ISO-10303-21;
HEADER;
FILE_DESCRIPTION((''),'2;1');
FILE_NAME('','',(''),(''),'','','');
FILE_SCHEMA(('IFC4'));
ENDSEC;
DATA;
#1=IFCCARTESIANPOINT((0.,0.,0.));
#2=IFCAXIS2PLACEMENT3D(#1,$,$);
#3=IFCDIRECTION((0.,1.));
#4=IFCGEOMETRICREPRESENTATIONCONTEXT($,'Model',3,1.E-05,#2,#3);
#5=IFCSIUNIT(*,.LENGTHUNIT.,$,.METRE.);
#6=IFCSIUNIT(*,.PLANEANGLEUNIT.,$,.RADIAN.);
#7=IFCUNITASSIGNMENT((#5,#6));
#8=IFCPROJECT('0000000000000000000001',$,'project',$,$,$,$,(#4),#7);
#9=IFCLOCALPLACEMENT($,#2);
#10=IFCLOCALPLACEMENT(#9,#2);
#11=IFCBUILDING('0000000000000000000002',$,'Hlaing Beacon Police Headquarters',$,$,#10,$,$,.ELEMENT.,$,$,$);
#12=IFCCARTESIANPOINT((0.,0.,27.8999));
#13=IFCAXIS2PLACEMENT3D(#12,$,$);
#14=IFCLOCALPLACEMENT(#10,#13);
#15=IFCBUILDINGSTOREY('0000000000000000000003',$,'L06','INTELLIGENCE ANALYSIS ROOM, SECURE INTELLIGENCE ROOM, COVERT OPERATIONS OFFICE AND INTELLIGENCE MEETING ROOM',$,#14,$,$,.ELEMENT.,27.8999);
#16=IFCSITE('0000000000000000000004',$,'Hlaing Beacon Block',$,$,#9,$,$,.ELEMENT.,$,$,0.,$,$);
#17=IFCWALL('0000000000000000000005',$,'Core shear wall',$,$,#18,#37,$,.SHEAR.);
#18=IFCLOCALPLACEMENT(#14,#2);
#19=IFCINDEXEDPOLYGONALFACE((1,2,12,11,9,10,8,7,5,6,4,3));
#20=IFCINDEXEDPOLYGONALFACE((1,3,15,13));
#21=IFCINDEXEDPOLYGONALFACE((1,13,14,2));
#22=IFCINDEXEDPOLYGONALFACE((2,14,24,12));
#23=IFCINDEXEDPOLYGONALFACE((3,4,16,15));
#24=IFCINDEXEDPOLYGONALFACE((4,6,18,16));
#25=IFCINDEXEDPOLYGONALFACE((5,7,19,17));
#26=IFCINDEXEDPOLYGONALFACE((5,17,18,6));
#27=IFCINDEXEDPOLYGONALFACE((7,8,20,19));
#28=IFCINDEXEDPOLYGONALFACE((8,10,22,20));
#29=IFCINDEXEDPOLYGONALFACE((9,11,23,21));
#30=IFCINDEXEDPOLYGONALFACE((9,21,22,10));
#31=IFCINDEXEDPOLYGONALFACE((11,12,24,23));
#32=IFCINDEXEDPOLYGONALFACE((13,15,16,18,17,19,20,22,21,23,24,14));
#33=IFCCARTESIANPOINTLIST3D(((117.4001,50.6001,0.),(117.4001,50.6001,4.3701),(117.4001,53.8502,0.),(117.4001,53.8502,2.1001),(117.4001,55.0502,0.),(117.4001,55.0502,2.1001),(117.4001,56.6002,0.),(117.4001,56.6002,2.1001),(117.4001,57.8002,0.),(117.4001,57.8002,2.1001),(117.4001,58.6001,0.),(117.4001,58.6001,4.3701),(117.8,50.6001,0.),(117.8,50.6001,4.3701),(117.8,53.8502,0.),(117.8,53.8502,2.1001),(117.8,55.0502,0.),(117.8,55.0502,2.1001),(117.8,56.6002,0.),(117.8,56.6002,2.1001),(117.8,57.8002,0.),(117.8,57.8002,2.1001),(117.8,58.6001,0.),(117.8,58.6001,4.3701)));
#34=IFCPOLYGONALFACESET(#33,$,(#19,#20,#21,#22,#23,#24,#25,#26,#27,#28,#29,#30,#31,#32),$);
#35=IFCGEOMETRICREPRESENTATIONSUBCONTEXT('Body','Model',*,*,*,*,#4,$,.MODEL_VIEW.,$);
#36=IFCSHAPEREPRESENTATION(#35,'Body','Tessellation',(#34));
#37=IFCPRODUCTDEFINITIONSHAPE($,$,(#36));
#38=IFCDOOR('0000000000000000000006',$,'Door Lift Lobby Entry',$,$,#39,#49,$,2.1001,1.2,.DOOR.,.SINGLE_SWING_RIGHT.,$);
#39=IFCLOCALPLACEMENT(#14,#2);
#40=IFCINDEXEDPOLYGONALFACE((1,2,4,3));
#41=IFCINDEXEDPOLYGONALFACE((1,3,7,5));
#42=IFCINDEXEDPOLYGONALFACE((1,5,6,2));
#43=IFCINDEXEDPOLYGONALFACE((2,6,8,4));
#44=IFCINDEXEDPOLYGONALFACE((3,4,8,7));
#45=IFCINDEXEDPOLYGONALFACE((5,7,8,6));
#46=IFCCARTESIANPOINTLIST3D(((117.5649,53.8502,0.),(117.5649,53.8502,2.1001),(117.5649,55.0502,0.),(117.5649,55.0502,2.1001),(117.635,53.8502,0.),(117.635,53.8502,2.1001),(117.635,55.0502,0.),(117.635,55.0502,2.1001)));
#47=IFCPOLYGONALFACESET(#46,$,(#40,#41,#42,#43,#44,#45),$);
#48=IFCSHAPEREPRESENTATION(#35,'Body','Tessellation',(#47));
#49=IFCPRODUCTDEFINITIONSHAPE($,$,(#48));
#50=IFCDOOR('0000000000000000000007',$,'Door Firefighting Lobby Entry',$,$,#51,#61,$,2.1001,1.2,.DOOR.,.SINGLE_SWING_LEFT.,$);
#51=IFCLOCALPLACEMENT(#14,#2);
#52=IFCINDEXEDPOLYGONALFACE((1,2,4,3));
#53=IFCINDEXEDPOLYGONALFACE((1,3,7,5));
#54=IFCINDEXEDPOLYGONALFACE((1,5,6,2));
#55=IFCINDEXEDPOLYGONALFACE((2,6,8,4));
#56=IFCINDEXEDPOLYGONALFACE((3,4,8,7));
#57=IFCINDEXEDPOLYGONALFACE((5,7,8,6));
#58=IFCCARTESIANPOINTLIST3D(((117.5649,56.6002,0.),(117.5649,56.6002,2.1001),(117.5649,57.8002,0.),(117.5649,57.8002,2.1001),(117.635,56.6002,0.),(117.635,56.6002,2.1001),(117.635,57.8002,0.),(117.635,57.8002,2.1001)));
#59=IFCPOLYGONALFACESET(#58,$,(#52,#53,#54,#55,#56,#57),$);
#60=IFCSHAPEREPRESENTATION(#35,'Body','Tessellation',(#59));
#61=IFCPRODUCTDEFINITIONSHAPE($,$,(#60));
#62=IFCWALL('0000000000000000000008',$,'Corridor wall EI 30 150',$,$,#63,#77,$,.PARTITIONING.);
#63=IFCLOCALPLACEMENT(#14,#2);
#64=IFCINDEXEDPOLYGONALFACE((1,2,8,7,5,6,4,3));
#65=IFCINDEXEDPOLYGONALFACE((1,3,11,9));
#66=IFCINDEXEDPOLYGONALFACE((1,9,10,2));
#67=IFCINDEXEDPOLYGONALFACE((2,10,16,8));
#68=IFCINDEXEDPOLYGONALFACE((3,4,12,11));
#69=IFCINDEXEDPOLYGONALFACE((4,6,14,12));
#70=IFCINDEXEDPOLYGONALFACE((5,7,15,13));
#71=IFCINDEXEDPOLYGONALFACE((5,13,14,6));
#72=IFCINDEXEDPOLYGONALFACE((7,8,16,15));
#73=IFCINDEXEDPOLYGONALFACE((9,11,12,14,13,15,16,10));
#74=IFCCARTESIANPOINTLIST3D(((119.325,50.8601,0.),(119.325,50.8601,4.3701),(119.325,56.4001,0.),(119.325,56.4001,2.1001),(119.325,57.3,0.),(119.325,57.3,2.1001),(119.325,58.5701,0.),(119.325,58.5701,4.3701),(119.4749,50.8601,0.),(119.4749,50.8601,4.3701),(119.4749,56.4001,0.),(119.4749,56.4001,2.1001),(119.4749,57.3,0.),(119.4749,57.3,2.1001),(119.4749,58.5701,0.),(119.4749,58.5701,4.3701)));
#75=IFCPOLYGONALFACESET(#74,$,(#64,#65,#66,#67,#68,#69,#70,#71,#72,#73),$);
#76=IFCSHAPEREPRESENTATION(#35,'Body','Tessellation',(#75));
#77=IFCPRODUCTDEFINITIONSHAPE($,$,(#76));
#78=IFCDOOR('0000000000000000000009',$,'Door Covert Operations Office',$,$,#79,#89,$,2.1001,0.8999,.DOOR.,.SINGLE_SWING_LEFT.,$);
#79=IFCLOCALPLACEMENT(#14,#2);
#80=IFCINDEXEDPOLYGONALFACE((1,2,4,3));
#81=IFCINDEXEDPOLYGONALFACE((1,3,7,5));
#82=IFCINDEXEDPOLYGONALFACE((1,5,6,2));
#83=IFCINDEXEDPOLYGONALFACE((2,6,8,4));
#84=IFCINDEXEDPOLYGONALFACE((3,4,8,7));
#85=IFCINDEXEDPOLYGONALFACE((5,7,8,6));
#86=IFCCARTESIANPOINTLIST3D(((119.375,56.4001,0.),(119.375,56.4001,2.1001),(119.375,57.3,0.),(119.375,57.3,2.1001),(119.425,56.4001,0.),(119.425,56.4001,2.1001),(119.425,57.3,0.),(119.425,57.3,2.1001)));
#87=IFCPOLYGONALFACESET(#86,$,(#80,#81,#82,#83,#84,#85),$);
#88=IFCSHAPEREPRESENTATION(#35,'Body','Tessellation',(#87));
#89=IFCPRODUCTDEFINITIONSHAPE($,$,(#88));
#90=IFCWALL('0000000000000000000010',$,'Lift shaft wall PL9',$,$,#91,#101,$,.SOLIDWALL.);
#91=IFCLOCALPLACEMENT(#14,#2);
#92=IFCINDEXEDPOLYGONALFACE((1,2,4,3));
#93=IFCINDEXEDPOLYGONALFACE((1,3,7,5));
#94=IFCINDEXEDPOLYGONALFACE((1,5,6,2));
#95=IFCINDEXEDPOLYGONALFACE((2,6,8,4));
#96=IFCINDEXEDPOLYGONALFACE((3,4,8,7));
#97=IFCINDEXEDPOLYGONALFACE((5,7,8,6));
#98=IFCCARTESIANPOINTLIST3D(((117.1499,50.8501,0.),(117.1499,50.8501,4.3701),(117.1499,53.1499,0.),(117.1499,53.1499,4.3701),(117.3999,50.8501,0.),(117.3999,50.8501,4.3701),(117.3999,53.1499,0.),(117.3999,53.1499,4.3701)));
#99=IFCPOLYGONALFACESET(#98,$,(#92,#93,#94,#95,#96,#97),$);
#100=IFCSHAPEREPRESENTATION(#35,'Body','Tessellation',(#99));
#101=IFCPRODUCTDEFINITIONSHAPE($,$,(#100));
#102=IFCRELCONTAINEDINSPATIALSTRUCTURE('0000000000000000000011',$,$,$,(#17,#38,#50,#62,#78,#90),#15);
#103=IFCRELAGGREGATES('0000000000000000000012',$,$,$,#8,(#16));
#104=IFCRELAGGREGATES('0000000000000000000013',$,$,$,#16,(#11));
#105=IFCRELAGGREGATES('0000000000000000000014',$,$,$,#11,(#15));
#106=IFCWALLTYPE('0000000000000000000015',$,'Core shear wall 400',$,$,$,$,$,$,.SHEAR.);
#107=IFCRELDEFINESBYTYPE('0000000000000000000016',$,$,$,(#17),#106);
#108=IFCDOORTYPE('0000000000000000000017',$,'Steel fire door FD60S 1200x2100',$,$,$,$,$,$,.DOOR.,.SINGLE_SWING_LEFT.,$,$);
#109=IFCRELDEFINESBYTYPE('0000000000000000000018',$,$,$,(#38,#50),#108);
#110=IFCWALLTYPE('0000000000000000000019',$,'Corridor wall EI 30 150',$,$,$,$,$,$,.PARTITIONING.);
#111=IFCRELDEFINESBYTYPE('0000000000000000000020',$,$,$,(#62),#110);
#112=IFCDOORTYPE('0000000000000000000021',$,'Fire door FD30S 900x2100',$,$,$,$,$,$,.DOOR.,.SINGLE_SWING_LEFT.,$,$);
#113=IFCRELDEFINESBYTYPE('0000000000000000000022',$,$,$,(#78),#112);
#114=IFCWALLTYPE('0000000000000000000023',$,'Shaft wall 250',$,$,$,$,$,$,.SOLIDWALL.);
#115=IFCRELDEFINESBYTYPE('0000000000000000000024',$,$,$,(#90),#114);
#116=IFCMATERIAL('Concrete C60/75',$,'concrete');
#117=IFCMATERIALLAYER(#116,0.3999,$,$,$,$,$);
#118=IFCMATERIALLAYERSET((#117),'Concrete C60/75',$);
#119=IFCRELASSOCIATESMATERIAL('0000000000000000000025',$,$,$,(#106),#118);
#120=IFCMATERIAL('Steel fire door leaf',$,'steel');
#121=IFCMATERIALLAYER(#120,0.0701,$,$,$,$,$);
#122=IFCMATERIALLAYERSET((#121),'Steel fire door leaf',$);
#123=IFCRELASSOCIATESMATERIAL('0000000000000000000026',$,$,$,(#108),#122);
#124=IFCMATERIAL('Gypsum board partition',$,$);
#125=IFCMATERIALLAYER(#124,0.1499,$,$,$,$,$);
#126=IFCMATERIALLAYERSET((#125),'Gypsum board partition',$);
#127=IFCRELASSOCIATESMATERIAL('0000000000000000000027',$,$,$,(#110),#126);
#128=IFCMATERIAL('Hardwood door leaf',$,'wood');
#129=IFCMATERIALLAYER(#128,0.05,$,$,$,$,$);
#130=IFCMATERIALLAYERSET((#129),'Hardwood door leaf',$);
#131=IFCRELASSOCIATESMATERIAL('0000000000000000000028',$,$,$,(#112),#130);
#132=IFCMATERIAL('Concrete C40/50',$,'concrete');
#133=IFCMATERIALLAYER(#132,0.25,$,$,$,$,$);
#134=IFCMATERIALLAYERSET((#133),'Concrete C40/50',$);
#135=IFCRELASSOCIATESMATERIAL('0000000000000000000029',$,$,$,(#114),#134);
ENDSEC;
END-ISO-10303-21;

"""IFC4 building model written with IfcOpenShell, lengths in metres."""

from ifc_helpers import new_model, si_unit, direction, frame, frame_2d, origin, place, context, subcontext, project, spatial, rectangle, extrude, material, layer, layer_set, type_object, element, fill, save


model = new_model("IFC4")

# Units and contexts
model_context = context("Model", 3, precision=1e-05, world=origin(), true_north=direction((0.0, 1.0)))
body_context = subcontext(model_context, "Body", "Model", "MODEL_VIEW")
ifc_project = project(units=[si_unit("LENGTHUNIT", "METRE"), si_unit("PLANEANGLEUNIT", "RADIAN")], contexts=[model_context])

# Site, building, storey
site_placement = place(None, origin())
site = spatial("IfcSite", under=ifc_project, at=site_placement, Name="Hlaing Beacon Block", CompositionType="ELEMENT", RefElevation=0.0)
building_placement = place(site_placement, origin())
building = spatial("IfcBuilding", under=site, at=building_placement, Name="Hlaing Beacon Police Headquarters", CompositionType="ELEMENT")
storey_placement = place(building_placement, frame((0.0, 0.0, 27.8999)))
storey = spatial("IfcBuildingStorey", under=building, at=storey_placement, Name="L06", Description="INTELLIGENCE ANALYSIS ROOM, SECURE INTELLIGENCE ROOM, COVERT OPERATIONS OFFICE AND INTELLIGENCE MEETING ROOM", CompositionType="ELEMENT", Elevation=27.8999)

# Wall, openings, doors
ifc_material_1 = material(Name="Concrete C60/75", Category="concrete")
ifc_layer_1 = layer(ifc_material_1, 0.3999)
ifc_layer_set_1 = layer_set([ifc_layer_1], Name="Concrete C60/75")
wall_type_1 = type_object("IfcWallType", Name="Core shear wall 400", PredefinedType="SHEAR", material=ifc_layer_set_1)
wall_1_placement = place(storey_placement, frame((117.6001, 50.6001, 0.0), z_axis=(0.0, 0.0, 1.0), x_axis=(0.0, 1.0, 0.0)))
wall_1 = element("IfcWall", 1, at=wall_1_placement, inside=storey, type_object=wall_type_1, Name="Core shear wall", PredefinedType="SHEAR", context=body_context, shape_type="SweptSolid", body=[
    extrude(rectangle(XDim=8.0, YDim=0.3999, at=frame_2d((4.0, 0.0))), origin(), (0.0, 0.0, 1.0), 4.3701),
])
opening_1_placement = place(wall_1_placement, frame((3.25, 0.0, 0.0)))
opening_1 = element("IfcOpeningElement", 2, at=opening_1_placement, cuts=wall_1, PredefinedType="OPENING", context=body_context, shape_type="SweptSolid", body=[
    extrude(rectangle(XDim=1.2, YDim=2.1001, at=frame_2d((0.6001, 1.05))), frame((0.0, 0.21, 0.0), z_axis=(0.0, -1.0, 0.0), x_axis=(1.0, 0.0, 0.0)), (0.0, 0.0, 1.0), 0.4199),
])
opening_2_placement = place(wall_1_placement, frame((6.0, 0.0, 0.0)))
opening_2 = element("IfcOpeningElement", 3, at=opening_2_placement, cuts=wall_1, PredefinedType="OPENING", context=body_context, shape_type="SweptSolid", body=[
    extrude(rectangle(XDim=1.2, YDim=2.1001, at=frame_2d((0.6001, 1.05))), frame((0.0, 0.21, 0.0), z_axis=(0.0, -1.0, 0.0), x_axis=(1.0, 0.0, 0.0)), (0.0, 0.0, 1.0), 0.4199),
])
ifc_material_2 = material(Name="Steel fire door leaf", Category="steel")
ifc_layer_2 = layer(ifc_material_2, 0.0701)
ifc_layer_set_2 = layer_set([ifc_layer_2], Name="Steel fire door leaf")
door_type_1 = type_object("IfcDoorType", Name="Steel fire door FD60S 1200x2100", OperationType="SINGLE_SWING_LEFT", PredefinedType="DOOR", material=ifc_layer_set_2)
door_1_placement = place(opening_1_placement, origin())
door_1 = element("IfcDoor", 4, at=door_1_placement, inside=storey, type_object=door_type_1, Name="Door Lift Lobby Entry", OperationType="SINGLE_SWING_RIGHT", OverallHeight=2.1001, OverallWidth=1.2, PredefinedType="DOOR", context=body_context, shape_type="SweptSolid", body=[
    extrude(rectangle(XDim=1.2, YDim=2.1001, at=frame_2d((0.6001, 1.05))), frame((0.0, 0.0352, 0.0), z_axis=(0.0, -1.0, 0.0), x_axis=(1.0, 0.0, 0.0)), (0.0, 0.0, 1.0), 0.0701),
])
fill(opening_1, door_1)
door_2_placement = place(opening_2_placement, origin())
door_2 = element("IfcDoor", 5, at=door_2_placement, inside=storey, type_object=door_type_1, Name="Door Firefighting Lobby Entry", OperationType="SINGLE_SWING_LEFT", OverallHeight=2.1001, OverallWidth=1.2, PredefinedType="DOOR", context=body_context, shape_type="SweptSolid", body=[
    extrude(rectangle(XDim=1.2, YDim=2.1001, at=frame_2d((0.6001, 1.05))), frame((0.0, 0.0352, 0.0), z_axis=(0.0, -1.0, 0.0), x_axis=(1.0, 0.0, 0.0)), (0.0, 0.0, 1.0), 0.0701),
])
fill(opening_2, door_2)

# Wall, opening, door
ifc_material_3 = material(Name="Gypsum board partition")
ifc_layer_3 = layer(ifc_material_3, 0.1499)
ifc_layer_set_3 = layer_set([ifc_layer_3], Name="Gypsum board partition")
wall_type_2 = type_object("IfcWallType", Name="Corridor wall EI 30 150", PredefinedType="PARTITIONING", material=ifc_layer_set_3)
wall_2_placement = place(storey_placement, frame((119.3999, 50.8601, 0.0), z_axis=(0.0, 0.0, 1.0), x_axis=(0.0, 1.0, 0.0)))
wall_2 = element("IfcWall", 6, at=wall_2_placement, inside=storey, type_object=wall_type_2, Name="Corridor wall EI 30 150", PredefinedType="PARTITIONING", context=body_context, shape_type="SweptSolid", body=[
    extrude(rectangle(XDim=7.71, YDim=0.1499, at=frame_2d((3.855, 0.0))), origin(), (0.0, 0.0, 1.0), 4.3701),
])
opening_3_placement = place(wall_2_placement, frame((5.54, 0.0, 0.0)))
opening_3 = element("IfcOpeningElement", 7, at=opening_3_placement, cuts=wall_2, PredefinedType="OPENING", context=body_context, shape_type="SweptSolid", body=[
    extrude(rectangle(XDim=0.8999, YDim=2.1001, at=frame_2d((0.45, 1.05))), frame((0.0, 0.085, 0.0), z_axis=(0.0, -1.0, 0.0), x_axis=(1.0, 0.0, 0.0)), (0.0, 0.0, 1.0), 0.1699),
])
ifc_material_4 = material(Name="Hardwood door leaf", Category="wood")
ifc_layer_4 = layer(ifc_material_4, 0.05)
ifc_layer_set_4 = layer_set([ifc_layer_4], Name="Hardwood door leaf")
door_type_2 = type_object("IfcDoorType", Name="Fire door FD30S 900x2100", OperationType="SINGLE_SWING_LEFT", PredefinedType="DOOR", material=ifc_layer_set_4)
door_3_placement = place(opening_3_placement, frame((0.8999, 0.0, 0.0), z_axis=(0.0, 0.0, 1.0), x_axis=(-1.0, 0.0, 0.0)))
door_3 = element("IfcDoor", 8, at=door_3_placement, inside=storey, type_object=door_type_2, Name="Door Covert Operations Office", OperationType="SINGLE_SWING_LEFT", OverallHeight=2.1001, OverallWidth=0.8999, PredefinedType="DOOR", context=body_context, shape_type="SweptSolid", body=[
    extrude(rectangle(XDim=0.8999, YDim=2.1001, at=frame_2d((0.45, 1.05))), frame((0.0, 0.0251, 0.0), z_axis=(0.0, -1.0, 0.0), x_axis=(1.0, 0.0, 0.0)), (0.0, 0.0, 1.0), 0.05),
])
fill(opening_3, door_3)

# Wall
ifc_material_5 = material(Name="Concrete C40/50", Category="concrete")
ifc_layer_5 = layer(ifc_material_5, 0.25)
ifc_layer_set_5 = layer_set([ifc_layer_5], Name="Concrete C40/50")
wall_type_3 = type_object("IfcWallType", Name="Shaft wall 250", PredefinedType="SOLIDWALL", material=ifc_layer_set_5)
wall_3_placement = place(storey_placement, frame((117.2749, 50.8501, 0.0), z_axis=(0.0, 0.0, 1.0), x_axis=(0.0, 1.0, 0.0)))
element("IfcWall", 9, at=wall_3_placement, inside=storey, type_object=wall_type_3, Name="Lift shaft wall PL9", PredefinedType="SOLIDWALL", context=body_context, shape_type="SweptSolid", body=[
    extrude(rectangle(XDim=2.2998, YDim=0.25, at=frame_2d((1.1499, 0.0))), origin(), (0.0, 0.0, 1.0), 4.3701),
])

save(model, "model.ifc")
